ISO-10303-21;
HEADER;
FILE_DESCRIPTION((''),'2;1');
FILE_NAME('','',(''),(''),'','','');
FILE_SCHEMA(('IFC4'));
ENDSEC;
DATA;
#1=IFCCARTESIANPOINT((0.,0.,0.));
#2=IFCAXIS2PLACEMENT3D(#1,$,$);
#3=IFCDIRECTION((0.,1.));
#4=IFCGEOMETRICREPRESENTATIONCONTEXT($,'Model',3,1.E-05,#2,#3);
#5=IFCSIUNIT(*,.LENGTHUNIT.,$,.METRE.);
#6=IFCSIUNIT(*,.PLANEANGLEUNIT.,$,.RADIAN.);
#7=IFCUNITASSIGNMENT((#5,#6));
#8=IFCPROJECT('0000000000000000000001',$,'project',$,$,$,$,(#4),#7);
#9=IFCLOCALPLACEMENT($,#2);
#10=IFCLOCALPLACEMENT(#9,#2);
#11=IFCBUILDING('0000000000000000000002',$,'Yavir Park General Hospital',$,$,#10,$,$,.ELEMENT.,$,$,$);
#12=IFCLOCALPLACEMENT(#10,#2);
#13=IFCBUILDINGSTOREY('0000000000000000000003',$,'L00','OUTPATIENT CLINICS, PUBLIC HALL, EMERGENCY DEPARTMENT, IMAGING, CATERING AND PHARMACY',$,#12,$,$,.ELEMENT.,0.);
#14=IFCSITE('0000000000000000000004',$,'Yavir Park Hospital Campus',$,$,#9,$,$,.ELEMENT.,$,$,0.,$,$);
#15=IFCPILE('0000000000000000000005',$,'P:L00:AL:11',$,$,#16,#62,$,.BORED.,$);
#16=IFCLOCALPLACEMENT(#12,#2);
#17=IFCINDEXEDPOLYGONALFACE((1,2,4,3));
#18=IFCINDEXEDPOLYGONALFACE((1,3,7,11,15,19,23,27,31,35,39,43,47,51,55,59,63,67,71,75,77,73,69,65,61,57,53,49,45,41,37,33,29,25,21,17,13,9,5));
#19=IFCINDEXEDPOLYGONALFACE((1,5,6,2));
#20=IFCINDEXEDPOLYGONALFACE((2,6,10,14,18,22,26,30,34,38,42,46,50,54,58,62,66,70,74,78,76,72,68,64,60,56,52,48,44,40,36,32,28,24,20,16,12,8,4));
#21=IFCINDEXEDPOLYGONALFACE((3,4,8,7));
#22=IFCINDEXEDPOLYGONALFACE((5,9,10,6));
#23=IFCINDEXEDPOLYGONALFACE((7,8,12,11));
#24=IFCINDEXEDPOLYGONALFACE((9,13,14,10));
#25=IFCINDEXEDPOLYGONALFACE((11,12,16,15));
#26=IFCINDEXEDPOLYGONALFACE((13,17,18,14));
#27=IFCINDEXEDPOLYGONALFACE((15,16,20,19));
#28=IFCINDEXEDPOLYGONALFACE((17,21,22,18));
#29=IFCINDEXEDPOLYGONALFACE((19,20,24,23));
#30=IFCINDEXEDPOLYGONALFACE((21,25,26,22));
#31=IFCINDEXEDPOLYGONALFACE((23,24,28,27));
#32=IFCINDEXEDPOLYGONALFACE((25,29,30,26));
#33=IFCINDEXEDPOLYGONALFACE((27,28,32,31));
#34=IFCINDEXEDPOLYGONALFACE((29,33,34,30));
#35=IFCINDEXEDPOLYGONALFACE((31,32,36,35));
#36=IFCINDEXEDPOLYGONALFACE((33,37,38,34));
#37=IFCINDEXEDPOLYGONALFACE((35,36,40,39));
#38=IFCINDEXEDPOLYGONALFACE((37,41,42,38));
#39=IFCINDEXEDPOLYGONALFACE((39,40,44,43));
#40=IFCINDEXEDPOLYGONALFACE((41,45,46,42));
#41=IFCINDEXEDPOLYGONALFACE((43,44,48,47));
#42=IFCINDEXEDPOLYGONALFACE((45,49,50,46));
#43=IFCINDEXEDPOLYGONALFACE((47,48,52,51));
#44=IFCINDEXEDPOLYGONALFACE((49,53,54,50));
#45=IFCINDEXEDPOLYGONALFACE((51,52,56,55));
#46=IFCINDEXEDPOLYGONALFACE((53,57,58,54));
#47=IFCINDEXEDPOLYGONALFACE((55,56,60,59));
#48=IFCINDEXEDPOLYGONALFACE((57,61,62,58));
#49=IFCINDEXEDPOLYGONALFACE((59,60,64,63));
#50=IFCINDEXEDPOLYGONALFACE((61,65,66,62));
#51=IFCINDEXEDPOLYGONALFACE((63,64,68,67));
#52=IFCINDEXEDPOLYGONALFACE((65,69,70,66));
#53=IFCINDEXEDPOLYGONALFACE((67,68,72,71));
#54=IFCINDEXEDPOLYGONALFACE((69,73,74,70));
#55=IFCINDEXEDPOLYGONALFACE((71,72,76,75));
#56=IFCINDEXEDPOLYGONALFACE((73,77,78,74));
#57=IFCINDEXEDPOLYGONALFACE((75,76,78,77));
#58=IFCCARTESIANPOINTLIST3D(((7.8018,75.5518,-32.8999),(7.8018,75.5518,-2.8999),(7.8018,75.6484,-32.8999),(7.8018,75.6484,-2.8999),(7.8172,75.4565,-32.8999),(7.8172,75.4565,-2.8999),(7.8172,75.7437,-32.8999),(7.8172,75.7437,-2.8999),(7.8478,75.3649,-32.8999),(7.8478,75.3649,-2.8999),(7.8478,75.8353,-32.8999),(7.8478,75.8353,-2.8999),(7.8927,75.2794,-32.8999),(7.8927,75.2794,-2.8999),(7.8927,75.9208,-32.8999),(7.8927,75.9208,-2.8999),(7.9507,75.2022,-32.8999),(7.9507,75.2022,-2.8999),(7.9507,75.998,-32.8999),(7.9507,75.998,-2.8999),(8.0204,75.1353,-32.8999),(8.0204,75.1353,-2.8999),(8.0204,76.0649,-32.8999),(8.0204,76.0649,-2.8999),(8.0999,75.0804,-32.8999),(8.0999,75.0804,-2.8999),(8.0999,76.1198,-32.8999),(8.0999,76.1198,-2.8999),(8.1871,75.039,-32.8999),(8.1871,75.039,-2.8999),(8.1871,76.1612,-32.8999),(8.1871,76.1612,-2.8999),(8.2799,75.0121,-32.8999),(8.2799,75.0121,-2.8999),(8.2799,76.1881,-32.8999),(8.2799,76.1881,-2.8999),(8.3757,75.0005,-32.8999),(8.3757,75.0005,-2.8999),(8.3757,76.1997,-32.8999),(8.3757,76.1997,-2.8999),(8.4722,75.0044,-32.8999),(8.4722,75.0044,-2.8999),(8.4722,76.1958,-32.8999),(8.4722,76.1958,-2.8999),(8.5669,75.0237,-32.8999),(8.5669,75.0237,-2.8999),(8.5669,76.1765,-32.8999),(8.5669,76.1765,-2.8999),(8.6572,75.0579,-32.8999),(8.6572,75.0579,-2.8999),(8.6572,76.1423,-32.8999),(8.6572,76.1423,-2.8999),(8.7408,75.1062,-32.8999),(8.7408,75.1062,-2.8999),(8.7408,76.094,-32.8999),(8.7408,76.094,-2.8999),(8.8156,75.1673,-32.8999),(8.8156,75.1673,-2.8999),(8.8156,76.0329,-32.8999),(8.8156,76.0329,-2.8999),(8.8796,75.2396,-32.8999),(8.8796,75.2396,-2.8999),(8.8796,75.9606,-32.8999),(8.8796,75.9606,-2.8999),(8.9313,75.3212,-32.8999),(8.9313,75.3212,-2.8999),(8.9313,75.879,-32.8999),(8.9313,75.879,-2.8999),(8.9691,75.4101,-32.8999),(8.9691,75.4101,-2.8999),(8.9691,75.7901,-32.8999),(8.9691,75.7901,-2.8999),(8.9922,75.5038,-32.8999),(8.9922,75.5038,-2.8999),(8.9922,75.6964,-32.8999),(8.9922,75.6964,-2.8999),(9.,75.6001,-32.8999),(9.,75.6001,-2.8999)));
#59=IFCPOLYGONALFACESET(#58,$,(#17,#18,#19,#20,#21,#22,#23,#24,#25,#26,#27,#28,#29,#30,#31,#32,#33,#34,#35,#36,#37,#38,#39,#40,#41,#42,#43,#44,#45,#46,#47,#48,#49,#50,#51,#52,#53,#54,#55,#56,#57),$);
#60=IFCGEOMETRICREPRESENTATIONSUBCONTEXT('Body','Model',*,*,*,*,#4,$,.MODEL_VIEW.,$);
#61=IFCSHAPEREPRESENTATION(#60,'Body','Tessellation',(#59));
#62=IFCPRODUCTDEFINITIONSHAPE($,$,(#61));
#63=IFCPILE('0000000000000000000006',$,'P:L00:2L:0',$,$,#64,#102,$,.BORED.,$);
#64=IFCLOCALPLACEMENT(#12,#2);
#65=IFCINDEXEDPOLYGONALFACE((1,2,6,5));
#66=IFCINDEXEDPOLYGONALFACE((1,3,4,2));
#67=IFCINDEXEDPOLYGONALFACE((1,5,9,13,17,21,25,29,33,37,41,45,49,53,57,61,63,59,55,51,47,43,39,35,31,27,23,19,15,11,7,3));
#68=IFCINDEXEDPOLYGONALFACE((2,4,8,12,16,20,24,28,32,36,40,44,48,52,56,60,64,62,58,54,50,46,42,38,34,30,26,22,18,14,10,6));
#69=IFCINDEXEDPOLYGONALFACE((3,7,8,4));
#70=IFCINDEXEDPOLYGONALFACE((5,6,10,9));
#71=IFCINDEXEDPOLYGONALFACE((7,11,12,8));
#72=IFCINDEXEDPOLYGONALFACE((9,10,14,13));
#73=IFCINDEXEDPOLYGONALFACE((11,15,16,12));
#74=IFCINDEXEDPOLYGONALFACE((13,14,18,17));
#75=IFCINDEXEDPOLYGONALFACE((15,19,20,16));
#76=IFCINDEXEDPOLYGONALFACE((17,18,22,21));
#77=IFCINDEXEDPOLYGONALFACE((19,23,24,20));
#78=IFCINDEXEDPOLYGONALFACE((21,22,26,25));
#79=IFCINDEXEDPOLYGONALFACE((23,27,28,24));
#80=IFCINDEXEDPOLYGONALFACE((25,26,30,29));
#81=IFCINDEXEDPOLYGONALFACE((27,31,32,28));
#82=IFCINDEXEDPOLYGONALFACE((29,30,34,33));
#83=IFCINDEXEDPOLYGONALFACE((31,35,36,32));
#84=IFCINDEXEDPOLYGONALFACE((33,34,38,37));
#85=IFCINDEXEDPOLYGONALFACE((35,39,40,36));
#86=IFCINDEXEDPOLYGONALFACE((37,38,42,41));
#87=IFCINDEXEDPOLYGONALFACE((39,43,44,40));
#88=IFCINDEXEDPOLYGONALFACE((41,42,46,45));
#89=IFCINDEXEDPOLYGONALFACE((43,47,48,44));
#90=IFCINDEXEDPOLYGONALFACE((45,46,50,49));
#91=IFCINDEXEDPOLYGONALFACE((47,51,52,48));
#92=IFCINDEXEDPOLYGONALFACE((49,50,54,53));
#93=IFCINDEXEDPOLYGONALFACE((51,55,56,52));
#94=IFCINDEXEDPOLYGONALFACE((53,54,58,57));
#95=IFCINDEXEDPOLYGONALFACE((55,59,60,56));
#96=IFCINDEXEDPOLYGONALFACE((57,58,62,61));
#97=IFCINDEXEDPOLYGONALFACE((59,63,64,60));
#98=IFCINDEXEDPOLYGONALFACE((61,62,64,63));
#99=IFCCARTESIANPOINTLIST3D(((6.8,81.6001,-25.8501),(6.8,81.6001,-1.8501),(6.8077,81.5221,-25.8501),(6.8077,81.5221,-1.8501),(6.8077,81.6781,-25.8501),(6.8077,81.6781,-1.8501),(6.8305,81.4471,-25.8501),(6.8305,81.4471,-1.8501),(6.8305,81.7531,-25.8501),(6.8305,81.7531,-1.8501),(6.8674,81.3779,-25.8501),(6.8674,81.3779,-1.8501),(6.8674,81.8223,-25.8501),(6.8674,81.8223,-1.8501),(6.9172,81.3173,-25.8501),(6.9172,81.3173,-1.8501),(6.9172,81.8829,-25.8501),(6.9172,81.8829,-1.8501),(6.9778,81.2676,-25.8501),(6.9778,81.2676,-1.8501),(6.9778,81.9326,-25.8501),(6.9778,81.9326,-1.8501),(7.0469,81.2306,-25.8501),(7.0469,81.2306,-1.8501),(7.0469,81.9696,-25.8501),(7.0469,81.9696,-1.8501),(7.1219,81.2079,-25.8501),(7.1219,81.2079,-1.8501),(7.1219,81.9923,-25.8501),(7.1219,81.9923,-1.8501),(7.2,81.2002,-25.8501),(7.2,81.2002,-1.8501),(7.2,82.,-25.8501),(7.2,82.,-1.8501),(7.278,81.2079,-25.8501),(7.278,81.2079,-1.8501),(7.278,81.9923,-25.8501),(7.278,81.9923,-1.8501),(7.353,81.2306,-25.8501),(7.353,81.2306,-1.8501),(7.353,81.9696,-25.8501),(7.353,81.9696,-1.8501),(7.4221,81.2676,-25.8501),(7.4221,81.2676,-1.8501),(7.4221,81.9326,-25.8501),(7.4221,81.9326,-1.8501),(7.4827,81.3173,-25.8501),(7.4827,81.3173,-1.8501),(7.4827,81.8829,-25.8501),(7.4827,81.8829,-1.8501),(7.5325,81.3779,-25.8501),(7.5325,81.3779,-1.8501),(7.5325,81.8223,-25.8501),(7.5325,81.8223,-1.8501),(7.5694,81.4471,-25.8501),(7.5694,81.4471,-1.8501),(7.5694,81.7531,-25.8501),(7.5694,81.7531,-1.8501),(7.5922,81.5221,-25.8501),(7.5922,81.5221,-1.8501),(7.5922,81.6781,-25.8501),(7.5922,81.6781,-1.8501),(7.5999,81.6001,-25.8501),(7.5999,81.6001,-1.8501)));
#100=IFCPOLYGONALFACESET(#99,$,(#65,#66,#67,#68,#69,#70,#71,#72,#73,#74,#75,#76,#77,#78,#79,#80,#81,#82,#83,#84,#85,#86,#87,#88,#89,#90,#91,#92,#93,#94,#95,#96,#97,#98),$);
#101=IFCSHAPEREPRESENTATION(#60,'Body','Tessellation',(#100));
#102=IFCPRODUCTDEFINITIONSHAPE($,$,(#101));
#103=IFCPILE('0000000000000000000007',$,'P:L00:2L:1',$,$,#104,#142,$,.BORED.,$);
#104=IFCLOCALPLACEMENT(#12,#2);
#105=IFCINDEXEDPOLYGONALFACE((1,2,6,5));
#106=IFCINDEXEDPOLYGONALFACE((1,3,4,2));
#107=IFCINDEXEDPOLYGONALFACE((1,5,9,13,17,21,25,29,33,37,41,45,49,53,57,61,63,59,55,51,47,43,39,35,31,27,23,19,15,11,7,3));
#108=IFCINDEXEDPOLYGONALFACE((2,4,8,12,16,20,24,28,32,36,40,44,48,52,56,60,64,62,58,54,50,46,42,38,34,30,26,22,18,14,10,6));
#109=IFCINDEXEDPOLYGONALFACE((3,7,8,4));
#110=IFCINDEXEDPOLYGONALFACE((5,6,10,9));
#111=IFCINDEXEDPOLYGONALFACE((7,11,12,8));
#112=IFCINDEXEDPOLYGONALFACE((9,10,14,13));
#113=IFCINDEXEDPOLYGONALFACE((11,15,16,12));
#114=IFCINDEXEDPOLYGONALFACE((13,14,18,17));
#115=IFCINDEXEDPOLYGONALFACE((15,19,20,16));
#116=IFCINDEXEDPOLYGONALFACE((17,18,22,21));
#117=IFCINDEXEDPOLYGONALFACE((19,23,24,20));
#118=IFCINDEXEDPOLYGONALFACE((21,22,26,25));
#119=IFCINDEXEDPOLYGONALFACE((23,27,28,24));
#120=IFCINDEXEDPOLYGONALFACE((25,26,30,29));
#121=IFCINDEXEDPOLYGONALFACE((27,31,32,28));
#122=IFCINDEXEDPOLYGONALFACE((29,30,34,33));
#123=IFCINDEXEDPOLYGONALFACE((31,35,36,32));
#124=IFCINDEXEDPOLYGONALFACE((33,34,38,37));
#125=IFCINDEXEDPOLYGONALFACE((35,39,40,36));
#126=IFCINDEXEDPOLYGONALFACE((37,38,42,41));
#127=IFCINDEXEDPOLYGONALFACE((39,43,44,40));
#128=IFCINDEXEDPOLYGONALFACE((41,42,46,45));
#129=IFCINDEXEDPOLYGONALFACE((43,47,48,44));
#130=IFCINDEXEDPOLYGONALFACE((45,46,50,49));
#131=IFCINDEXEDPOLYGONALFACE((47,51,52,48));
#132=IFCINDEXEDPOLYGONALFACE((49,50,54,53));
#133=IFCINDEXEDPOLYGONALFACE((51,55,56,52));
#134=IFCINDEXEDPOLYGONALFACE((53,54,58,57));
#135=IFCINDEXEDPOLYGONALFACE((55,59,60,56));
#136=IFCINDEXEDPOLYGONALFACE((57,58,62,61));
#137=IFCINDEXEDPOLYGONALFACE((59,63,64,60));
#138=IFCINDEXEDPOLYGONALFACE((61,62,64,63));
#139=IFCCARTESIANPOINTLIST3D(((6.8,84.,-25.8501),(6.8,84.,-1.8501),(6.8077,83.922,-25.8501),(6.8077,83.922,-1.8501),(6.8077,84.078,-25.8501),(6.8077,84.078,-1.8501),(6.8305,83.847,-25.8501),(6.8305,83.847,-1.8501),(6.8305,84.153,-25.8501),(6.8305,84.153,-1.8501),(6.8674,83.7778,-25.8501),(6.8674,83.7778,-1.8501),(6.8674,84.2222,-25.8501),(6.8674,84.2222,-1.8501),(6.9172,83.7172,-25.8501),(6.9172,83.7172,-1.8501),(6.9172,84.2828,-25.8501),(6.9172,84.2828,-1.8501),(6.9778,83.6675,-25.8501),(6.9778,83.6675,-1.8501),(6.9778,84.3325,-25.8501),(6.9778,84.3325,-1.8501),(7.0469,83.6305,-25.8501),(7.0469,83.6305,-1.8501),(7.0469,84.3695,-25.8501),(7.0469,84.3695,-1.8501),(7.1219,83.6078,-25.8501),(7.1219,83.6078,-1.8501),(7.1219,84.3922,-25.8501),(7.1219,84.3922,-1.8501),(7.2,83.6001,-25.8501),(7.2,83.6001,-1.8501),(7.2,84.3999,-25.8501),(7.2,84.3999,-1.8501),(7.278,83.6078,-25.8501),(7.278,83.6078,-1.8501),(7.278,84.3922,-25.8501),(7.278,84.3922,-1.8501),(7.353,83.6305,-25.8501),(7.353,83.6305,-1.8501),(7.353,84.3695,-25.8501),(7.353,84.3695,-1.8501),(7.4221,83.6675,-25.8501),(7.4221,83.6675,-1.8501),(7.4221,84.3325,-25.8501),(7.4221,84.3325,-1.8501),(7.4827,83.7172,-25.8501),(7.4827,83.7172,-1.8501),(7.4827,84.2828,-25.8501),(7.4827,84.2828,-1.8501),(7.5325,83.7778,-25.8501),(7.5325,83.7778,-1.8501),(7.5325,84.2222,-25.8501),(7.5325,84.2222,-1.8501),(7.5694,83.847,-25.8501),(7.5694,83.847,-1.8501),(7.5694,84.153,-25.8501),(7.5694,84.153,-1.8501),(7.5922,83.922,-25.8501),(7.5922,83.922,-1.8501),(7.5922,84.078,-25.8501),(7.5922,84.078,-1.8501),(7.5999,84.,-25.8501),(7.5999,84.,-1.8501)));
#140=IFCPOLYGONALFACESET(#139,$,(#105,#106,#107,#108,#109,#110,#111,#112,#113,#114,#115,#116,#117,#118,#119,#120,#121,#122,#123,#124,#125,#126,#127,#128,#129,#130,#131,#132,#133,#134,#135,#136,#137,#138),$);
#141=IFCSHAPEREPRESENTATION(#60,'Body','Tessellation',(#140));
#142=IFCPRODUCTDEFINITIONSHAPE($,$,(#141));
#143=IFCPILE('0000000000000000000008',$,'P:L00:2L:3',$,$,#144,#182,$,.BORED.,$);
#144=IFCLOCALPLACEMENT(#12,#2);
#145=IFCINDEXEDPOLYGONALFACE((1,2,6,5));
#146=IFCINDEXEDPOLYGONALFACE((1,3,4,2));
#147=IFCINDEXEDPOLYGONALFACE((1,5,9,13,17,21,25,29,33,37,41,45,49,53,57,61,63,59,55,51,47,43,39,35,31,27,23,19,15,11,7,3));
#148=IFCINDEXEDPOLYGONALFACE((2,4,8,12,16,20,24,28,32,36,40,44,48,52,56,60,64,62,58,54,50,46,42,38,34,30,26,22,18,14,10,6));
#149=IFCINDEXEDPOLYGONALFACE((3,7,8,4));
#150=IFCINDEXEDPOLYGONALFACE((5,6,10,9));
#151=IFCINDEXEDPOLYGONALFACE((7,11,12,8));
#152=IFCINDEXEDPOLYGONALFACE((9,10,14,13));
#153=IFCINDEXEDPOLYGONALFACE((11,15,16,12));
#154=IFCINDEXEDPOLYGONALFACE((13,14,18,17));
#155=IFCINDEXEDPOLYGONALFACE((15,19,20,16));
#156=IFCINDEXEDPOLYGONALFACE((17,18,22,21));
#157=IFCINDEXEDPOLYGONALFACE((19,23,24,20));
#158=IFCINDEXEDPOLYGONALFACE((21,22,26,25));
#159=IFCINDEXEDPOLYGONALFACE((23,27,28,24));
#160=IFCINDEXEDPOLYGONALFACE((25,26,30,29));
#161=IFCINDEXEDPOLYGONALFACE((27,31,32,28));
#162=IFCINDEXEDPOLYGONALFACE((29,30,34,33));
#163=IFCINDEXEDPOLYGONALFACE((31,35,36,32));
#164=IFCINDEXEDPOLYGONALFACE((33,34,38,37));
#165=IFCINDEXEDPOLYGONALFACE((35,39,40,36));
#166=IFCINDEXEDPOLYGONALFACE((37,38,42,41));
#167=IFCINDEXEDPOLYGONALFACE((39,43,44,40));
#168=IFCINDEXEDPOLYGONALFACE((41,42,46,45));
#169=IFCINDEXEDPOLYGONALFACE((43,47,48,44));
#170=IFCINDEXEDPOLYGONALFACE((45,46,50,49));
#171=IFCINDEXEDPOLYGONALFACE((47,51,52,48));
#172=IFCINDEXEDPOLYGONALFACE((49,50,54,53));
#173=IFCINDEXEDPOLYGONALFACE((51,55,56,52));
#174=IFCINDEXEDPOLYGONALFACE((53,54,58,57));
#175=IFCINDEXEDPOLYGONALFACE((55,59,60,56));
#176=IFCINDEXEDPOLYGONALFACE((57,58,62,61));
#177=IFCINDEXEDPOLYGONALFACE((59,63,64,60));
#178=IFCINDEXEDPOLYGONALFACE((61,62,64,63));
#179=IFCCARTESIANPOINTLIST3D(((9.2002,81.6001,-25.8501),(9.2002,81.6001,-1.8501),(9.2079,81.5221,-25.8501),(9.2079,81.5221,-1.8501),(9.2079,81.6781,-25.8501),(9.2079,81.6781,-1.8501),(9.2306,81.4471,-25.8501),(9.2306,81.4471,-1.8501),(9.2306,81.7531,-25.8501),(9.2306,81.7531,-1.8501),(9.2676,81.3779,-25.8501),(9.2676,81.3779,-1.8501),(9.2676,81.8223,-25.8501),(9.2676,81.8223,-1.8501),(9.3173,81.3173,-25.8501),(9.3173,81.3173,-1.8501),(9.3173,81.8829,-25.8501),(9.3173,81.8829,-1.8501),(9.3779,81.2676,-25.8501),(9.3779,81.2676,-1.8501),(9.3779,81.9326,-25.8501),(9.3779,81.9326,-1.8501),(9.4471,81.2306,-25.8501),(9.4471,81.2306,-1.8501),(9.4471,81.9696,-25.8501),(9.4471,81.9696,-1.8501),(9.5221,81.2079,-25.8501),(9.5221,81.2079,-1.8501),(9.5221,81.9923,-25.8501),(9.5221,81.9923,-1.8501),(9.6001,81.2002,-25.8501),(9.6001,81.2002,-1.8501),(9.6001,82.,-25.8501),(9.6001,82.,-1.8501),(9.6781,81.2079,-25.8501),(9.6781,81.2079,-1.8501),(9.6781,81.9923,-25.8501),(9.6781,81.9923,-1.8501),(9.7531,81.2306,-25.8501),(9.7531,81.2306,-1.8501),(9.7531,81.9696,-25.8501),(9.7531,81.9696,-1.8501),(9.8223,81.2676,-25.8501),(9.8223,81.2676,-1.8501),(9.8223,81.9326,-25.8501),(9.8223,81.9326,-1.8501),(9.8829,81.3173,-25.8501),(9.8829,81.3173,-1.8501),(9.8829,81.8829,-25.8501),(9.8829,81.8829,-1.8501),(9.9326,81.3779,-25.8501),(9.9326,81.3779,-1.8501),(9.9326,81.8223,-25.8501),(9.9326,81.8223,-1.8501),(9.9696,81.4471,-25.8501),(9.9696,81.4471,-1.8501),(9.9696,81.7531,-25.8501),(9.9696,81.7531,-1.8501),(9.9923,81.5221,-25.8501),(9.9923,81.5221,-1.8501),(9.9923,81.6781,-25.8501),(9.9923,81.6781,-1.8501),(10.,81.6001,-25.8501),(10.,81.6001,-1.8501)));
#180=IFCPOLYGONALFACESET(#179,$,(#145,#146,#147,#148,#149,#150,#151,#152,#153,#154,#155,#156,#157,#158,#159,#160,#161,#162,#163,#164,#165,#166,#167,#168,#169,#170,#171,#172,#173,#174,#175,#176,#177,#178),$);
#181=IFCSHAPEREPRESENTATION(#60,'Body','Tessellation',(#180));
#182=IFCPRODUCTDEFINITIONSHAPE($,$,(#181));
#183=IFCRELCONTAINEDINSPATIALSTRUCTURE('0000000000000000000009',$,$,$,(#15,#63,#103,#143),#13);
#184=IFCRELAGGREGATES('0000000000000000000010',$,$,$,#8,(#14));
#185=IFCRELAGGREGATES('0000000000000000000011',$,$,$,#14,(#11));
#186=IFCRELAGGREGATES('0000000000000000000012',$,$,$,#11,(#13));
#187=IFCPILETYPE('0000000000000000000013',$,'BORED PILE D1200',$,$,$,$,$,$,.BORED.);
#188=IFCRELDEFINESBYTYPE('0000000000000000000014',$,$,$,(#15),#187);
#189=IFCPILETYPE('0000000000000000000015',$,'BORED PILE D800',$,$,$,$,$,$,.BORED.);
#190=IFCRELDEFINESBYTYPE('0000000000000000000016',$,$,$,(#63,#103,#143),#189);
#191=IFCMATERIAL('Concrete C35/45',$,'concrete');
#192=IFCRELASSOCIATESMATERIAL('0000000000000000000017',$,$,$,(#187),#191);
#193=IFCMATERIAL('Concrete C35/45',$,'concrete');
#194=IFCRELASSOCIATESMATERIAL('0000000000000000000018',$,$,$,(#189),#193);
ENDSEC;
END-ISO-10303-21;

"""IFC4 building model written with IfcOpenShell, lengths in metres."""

from ifc_helpers import new_model, si_unit, direction, frame, origin, origin_2d, place, context, subcontext, project, spatial, circle, extrude, material, material_profile, profile_set, type_object, element, save


model = new_model("IFC4")

# Units and contexts
model_context = context("Model", 3, precision=1e-05, world=origin(), true_north=direction((0.0, 1.0)))
body_context = subcontext(model_context, "Body", "Model", "MODEL_VIEW")
ifc_project = project(units=[si_unit("LENGTHUNIT", "METRE"), si_unit("PLANEANGLEUNIT", "RADIAN")], contexts=[model_context])

# Site, building, storey
site_placement = place(None, origin())
site = spatial("IfcSite", under=ifc_project, at=site_placement, Name="Yavir Park Hospital Campus", CompositionType="ELEMENT", RefElevation=0.0)
building_placement = place(site_placement, origin())
building = spatial("IfcBuilding", under=site, at=building_placement, Name="Yavir Park General Hospital", CompositionType="ELEMENT")
storey_placement = place(building_placement, origin())
storey = spatial("IfcBuildingStorey", under=building, at=storey_placement, Name="L00", Description="OUTPATIENT CLINICS, PUBLIC HALL, EMERGENCY DEPARTMENT, IMAGING, CATERING AND PHARMACY", CompositionType="ELEMENT", Elevation=0.0)

# Piles
ifc_material_1 = material(Name="Concrete C35/45", Category="concrete")
ifc_material_profile_1 = material_profile(ifc_material_1, circle(Radius=0.6001, at=origin_2d()), Name="D1200")
ifc_profile_set_1 = profile_set([ifc_material_profile_1], Name="Concrete C35/45")
pile_type_1 = type_object("IfcPileType", Name="BORED PILE D1200", PredefinedType="BORED", material=ifc_profile_set_1)
pile_placement = place(storey_placement, frame((8.3999, 75.6001, -2.8999), z_axis=(0.0, 0.0, -1.0), x_axis=(1.0, 0.0, 0.0)))
element("IfcPile", 1, at=pile_placement, inside=storey, type_object=pile_type_1, Name="P:L00:AL:11", PredefinedType="BORED", context=body_context, shape_type="SweptSolid", body=[
    extrude(circle(Radius=0.6001, at=origin_2d()), origin(), (0.0, 0.0, 1.0), 30.0),
])
ifc_material_2 = material(Name="Concrete C35/45", Category="concrete")
ifc_material_profile_2 = material_profile(ifc_material_2, circle(Radius=0.3999, at=origin_2d()), Name="D800")
ifc_profile_set_2 = profile_set([ifc_material_profile_2], Name="Concrete C35/45")
pile_type_2 = type_object("IfcPileType", Name="BORED PILE D800", PredefinedType="BORED", material=ifc_profile_set_2)
for number, where, z_axis, x_axis, name in (
    (2, (7.2, 81.6001, -1.8501), (0.0, 0.0, -1.0), (1.0, 0.0, 0.0), "P:L00:2L:0"),
    (3, (7.2, 84.0, -1.8501), (0.0, 0.0, -1.0), (1.0, 0.0, 0.0), "P:L00:2L:1"),
    (4, (9.6001, 81.6001, -1.8501), (0.0, 0.0, -1.0), (1.0, 0.0, 0.0), "P:L00:2L:3"),
):
    element("IfcPile", number, at=place(storey_placement, frame(where, z_axis=z_axis, x_axis=x_axis)), inside=storey, type_object=pile_type_2, Name=name, PredefinedType="BORED", context=body_context, shape_type="SweptSolid", body=[
        extrude(circle(Radius=0.3999, at=origin_2d()), origin(), (0.0, 0.0, 1.0), 24.0),
    ])

save(model, "model.ifc")
